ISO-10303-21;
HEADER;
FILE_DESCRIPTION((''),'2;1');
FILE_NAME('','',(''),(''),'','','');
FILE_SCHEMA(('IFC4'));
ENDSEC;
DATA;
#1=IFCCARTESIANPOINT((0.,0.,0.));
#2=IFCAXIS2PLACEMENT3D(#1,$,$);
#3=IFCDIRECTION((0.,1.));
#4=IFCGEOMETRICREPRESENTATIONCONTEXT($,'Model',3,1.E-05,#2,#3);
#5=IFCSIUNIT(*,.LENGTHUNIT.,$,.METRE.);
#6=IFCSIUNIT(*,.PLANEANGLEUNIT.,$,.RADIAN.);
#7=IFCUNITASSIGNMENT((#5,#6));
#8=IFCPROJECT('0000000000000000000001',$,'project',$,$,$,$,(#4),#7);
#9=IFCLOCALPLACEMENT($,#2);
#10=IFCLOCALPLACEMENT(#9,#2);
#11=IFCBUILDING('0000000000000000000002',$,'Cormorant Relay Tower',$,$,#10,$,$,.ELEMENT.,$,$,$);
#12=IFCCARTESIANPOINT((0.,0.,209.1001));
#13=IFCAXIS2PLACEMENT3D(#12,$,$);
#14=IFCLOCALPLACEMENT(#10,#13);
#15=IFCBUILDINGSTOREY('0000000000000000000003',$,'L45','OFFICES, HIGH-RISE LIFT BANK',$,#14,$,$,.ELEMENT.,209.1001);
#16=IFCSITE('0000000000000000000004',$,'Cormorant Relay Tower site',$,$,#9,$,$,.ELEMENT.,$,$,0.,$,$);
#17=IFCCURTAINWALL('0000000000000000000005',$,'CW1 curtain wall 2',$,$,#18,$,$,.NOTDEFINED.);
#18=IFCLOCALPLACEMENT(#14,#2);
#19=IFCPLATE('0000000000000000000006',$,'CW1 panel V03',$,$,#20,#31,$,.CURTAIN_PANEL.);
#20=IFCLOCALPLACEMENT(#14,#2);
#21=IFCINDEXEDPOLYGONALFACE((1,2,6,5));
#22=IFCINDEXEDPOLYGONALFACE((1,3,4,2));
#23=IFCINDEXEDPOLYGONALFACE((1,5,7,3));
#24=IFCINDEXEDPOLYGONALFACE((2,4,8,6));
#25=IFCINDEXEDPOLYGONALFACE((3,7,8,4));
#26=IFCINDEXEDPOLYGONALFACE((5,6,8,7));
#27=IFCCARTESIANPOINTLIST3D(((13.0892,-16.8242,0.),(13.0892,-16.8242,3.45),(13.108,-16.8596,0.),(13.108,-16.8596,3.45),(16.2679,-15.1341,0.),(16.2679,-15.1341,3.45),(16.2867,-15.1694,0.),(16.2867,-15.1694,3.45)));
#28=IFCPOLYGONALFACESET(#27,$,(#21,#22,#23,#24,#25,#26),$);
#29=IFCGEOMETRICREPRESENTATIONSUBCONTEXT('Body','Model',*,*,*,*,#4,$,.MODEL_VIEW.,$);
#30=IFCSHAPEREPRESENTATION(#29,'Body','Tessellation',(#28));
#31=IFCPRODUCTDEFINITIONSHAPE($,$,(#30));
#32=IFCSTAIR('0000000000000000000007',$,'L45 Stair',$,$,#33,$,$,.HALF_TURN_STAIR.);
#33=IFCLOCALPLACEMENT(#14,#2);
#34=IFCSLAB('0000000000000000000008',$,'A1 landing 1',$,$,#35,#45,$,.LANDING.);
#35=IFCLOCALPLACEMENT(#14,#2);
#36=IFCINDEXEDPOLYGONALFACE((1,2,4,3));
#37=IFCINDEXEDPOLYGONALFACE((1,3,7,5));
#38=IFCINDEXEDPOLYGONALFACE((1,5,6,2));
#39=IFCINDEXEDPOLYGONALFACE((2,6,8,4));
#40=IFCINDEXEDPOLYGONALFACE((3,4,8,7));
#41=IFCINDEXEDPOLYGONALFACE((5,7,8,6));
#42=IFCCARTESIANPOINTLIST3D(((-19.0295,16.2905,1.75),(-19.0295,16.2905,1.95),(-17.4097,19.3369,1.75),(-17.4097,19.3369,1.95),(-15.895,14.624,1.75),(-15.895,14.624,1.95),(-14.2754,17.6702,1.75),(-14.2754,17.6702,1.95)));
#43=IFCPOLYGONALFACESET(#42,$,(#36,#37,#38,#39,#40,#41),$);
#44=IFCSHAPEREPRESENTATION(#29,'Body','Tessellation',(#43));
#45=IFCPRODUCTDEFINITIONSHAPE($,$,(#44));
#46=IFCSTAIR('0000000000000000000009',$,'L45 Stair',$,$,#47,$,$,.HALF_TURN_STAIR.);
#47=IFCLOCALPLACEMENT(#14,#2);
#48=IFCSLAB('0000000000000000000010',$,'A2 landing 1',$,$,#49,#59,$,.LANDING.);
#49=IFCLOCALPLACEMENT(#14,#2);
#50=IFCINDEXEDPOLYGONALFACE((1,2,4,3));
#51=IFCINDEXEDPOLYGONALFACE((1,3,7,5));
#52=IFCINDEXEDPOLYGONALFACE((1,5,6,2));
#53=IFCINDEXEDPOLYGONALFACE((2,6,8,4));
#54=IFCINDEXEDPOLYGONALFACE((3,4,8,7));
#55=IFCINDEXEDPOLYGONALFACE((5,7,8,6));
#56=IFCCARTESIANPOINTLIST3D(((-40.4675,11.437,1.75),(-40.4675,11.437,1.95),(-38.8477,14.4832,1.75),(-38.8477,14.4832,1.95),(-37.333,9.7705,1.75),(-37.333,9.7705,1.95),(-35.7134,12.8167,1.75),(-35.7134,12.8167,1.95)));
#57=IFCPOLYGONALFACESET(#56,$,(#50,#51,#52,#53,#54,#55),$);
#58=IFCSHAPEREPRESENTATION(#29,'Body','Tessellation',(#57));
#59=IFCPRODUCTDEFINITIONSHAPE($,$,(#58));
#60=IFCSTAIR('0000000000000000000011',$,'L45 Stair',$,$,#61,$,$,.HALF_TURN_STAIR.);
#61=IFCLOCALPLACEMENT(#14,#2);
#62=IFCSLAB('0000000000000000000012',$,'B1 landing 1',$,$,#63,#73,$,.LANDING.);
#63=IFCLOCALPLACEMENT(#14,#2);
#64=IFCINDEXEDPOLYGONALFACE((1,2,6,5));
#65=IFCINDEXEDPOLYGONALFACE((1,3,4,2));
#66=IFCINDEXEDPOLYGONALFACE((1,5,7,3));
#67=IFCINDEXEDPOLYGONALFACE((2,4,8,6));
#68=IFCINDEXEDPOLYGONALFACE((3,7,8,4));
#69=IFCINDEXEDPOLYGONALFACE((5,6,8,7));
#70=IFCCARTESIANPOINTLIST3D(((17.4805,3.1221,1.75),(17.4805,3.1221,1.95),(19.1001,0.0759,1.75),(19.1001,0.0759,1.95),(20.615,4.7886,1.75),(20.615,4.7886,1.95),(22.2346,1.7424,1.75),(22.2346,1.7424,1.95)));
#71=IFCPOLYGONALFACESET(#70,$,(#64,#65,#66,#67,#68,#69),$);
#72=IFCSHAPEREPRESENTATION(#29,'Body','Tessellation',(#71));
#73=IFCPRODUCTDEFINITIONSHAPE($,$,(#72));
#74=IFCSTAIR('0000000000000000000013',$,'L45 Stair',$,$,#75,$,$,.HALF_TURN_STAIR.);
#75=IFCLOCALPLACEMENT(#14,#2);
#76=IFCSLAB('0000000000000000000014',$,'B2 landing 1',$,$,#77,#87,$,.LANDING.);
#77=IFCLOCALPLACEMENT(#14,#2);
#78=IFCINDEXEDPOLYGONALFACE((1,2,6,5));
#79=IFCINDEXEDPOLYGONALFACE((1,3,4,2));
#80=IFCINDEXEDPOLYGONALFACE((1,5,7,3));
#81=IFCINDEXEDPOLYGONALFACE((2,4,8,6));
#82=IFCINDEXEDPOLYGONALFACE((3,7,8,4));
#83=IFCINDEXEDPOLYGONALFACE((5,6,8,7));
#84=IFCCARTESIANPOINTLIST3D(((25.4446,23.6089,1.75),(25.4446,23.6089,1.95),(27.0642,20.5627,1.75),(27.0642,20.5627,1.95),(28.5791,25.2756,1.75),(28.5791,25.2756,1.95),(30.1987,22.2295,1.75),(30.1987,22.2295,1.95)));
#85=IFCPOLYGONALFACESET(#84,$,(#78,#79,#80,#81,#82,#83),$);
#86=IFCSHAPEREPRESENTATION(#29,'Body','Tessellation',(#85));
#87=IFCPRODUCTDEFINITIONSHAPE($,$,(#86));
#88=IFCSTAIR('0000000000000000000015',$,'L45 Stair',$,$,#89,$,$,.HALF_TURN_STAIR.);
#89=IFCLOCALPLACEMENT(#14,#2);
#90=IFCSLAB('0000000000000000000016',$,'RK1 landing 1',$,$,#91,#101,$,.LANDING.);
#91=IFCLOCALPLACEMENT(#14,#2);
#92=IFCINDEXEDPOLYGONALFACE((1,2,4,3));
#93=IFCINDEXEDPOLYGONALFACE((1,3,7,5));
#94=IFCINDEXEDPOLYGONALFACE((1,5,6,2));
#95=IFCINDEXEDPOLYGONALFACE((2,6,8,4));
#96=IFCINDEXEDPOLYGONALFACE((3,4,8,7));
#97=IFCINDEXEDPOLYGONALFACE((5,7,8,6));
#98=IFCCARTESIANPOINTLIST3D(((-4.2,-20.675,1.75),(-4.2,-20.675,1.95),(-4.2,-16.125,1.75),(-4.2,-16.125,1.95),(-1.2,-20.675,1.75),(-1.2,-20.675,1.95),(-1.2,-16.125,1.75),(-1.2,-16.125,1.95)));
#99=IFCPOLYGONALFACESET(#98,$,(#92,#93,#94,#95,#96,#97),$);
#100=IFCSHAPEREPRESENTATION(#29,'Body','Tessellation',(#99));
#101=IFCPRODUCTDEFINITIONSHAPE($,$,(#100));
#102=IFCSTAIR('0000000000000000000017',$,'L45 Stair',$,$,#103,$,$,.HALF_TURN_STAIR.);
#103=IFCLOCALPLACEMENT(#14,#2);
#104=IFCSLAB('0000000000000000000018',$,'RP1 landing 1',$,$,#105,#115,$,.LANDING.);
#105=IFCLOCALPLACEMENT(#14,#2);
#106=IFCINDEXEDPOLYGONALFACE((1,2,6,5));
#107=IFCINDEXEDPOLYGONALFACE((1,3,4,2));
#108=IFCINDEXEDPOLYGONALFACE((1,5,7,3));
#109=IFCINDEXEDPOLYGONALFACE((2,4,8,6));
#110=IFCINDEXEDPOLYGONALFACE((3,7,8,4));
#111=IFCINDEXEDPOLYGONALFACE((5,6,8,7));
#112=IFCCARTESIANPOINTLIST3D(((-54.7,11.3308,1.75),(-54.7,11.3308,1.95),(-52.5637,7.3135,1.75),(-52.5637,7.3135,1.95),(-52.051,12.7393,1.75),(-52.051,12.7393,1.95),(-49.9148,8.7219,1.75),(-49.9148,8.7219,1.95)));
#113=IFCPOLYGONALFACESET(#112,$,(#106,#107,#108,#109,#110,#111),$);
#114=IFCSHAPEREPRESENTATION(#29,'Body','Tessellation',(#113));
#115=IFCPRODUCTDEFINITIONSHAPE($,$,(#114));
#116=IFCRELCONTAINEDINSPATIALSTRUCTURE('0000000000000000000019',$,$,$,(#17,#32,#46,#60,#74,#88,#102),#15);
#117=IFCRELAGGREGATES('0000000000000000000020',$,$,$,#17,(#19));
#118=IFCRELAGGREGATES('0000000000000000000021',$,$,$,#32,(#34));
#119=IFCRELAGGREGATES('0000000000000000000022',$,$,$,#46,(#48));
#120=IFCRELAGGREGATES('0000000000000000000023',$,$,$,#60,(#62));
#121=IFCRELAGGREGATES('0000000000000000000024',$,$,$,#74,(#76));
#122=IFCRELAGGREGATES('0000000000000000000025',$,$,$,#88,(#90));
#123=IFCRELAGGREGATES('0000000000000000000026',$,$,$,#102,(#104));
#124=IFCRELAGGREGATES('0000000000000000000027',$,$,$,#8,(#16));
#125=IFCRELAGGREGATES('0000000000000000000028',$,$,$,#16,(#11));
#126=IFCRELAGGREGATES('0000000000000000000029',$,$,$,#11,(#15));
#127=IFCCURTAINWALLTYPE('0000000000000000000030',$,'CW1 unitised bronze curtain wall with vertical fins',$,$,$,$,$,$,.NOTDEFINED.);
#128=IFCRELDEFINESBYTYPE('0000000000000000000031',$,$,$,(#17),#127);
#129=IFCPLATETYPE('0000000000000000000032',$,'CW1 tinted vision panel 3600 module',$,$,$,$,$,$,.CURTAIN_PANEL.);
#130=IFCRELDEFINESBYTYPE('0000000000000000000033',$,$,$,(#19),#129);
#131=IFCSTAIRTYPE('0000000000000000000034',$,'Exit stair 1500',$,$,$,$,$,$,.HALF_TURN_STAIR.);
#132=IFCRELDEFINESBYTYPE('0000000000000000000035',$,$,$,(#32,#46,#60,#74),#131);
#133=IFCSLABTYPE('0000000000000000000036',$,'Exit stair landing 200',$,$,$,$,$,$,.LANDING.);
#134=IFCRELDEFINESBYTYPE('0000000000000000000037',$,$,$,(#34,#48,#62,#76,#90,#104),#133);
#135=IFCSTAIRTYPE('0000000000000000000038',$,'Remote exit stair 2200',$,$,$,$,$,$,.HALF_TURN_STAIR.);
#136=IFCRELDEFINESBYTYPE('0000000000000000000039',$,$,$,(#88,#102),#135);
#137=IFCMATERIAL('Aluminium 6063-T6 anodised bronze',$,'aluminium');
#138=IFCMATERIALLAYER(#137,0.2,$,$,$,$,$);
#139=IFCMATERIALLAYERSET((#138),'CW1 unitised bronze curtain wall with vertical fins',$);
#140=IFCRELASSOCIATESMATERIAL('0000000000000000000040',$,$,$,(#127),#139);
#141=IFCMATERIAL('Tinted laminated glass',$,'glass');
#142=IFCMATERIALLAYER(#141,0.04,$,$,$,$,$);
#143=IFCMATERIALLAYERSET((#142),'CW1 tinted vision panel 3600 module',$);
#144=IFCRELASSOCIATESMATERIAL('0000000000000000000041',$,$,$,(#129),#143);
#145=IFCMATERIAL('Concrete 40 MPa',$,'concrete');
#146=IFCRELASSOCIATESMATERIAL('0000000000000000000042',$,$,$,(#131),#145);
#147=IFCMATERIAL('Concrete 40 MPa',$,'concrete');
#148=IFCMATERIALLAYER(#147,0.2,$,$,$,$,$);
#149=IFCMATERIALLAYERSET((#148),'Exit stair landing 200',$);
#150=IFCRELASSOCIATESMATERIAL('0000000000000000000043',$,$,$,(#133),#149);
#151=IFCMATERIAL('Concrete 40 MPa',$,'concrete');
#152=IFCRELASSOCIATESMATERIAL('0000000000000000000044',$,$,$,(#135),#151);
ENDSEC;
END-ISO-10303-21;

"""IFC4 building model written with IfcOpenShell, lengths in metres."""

from ifc_helpers import new_model, si_unit, direction, frame, origin, origin_2d, place, context, subcontext, project, spatial, polyline, rectangle, outline, extrude, material, layer, layer_set, type_object, element, aggregate, save


model = new_model("IFC4")

# Units and contexts
model_context = context("Model", 3, precision=1e-05, world=origin(), true_north=direction((0.0, 1.0)))
body_context = subcontext(model_context, "Body", "Model", "MODEL_VIEW")
ifc_project = project(units=[si_unit("LENGTHUNIT", "METRE"), si_unit("PLANEANGLEUNIT", "RADIAN")], contexts=[model_context])

# Site, building, storey
site_placement = place(None, origin())
site = spatial("IfcSite", under=ifc_project, at=site_placement, Name="Cormorant Relay Tower site", CompositionType="ELEMENT", RefElevation=0.0)
building_placement = place(site_placement, origin())
building = spatial("IfcBuilding", under=site, at=building_placement, Name="Cormorant Relay Tower", CompositionType="ELEMENT")
storey_placement = place(building_placement, frame((0.0, 0.0, 209.1001)))
storey = spatial("IfcBuildingStorey", under=building, at=storey_placement, Name="L45", Description="OFFICES, HIGH-RISE LIFT BANK", CompositionType="ELEMENT", Elevation=209.1001)

# Curtain wall, plate
ifc_material_1 = material(Name="Aluminium 6063-T6 anodised bronze", Category="aluminium")
ifc_layer_1 = layer(ifc_material_1, 0.2)
ifc_layer_set_1 = layer_set([ifc_layer_1], Name="CW1 unitised bronze curtain wall with vertical fins")
curtain_wall_type = type_object("IfcCurtainWallType", Name="CW1 unitised bronze curtain wall with vertical fins", PredefinedType="NOTDEFINED", material=ifc_layer_set_1)
curtain_wall_placement = place(storey_placement, origin())
curtain_wall = element("IfcCurtainWall", 1, at=curtain_wall_placement, inside=storey, type_object=curtain_wall_type, Name="CW1 curtain wall 2", PredefinedType="NOTDEFINED")
ifc_material_2 = material(Name="Tinted laminated glass", Category="glass")
ifc_layer_2 = layer(ifc_material_2, 0.04)
ifc_layer_set_2 = layer_set([ifc_layer_2], Name="CW1 tinted vision panel 3600 module")
plate_type = type_object("IfcPlateType", Name="CW1 tinted vision panel 3600 module", PredefinedType="CURTAIN_PANEL", material=ifc_layer_set_2)
plate_placement = place(storey_placement, frame((14.688, -15.9968, 0.0), z_axis=(0.0, 0.0, 1.0), x_axis=(0.882948, 0.469472, 0.0)))
plate = element("IfcPlate", 2, at=plate_placement, type_object=plate_type, Name="CW1 panel V03", PredefinedType="CURTAIN_PANEL", context=body_context, shape_type="SweptSolid", body=[
    extrude(rectangle(XDim=3.6001, YDim=0.04, at=origin_2d()), origin(), (0.0, 0.0, 1.0), 3.45),
])
aggregate(curtain_wall, [plate])

# Stairs, slabs
ifc_material_3 = material(Name="Concrete 40 MPa", Category="concrete")
stair_type_1 = type_object("IfcStairType", Name="Exit stair 1500", PredefinedType="HALF_TURN_STAIR", material=ifc_material_3)
stair_1_placement = place(storey_placement, origin())
stair_1 = element("IfcStair", 3, at=stair_1_placement, inside=storey, type_object=stair_type_1, Name="L45 Stair", PredefinedType="HALF_TURN_STAIR")
ifc_material_4 = material(Name="Concrete 40 MPa", Category="concrete")
ifc_layer_3 = layer(ifc_material_4, 0.2)
ifc_layer_set_3 = layer_set([ifc_layer_3], Name="Exit stair landing 200")
slab_type_1 = type_object("IfcSlabType", Name="Exit stair landing 200", PredefinedType="LANDING", material=ifc_layer_set_3)
slab_1_placement = place(storey_placement, frame((0.0, 0.0, 1.75)))
slab_1 = element("IfcSlab", 4, at=slab_1_placement, type_object=slab_type_1, Name="A1 landing 1", PredefinedType="LANDING", context=body_context, shape_type="SweptSolid", body=[
    extrude(outline(polyline([(-19.0295, 16.2905), (-15.895, 14.624), (-14.2754, 17.6702), (-17.4097, 19.3369), (-19.0295, 16.2905)])), origin(), (0.0, 0.0, 1.0), 0.2),
])
aggregate(stair_1, [slab_1])
stair_2_placement = place(storey_placement, origin())
stair_2 = element("IfcStair", 5, at=stair_2_placement, inside=storey, type_object=stair_type_1, Name="L45 Stair", PredefinedType="HALF_TURN_STAIR")
slab_2_placement = place(storey_placement, frame((0.0, 0.0, 1.75)))
slab_2 = element("IfcSlab", 6, at=slab_2_placement, type_object=slab_type_1, Name="A2 landing 1", PredefinedType="LANDING", context=body_context, shape_type="SweptSolid", body=[
    extrude(outline(polyline([(-35.7134, 12.8167), (-38.8477, 14.4832), (-40.4675, 11.437), (-37.333, 9.7705), (-35.7134, 12.8167)])), origin(), (0.0, 0.0, 1.0), 0.2),
])
aggregate(stair_2, [slab_2])
stair_3_placement = place(storey_placement, origin())
stair_3 = element("IfcStair", 7, at=stair_3_placement, inside=storey, type_object=stair_type_1, Name="L45 Stair", PredefinedType="HALF_TURN_STAIR")
slab_3_placement = place(storey_placement, frame((0.0, 0.0, 1.75)))
slab_3 = element("IfcSlab", 8, at=slab_3_placement, type_object=slab_type_1, Name="B1 landing 1", PredefinedType="LANDING", context=body_context, shape_type="SweptSolid", body=[
    extrude(outline(polyline([(20.615, 4.7886), (17.4805, 3.1221), (19.1001, 0.0759), (22.2346, 1.7424), (20.615, 4.7886)])), origin(), (0.0, 0.0, 1.0), 0.2),
])
aggregate(stair_3, [slab_3])
stair_4_placement = place(storey_placement, origin())
stair_4 = element("IfcStair", 9, at=stair_4_placement, inside=storey, type_object=stair_type_1, Name="L45 Stair", PredefinedType="HALF_TURN_STAIR")
slab_4_placement = place(storey_placement, frame((0.0, 0.0, 1.75)))
slab_4 = element("IfcSlab", 10, at=slab_4_placement, type_object=slab_type_1, Name="B2 landing 1", PredefinedType="LANDING", context=body_context, shape_type="SweptSolid", body=[
    extrude(outline(polyline([(27.0642, 20.5627), (30.1987, 22.2295), (28.5791, 25.2756), (25.4446, 23.6089), (27.0642, 20.5627)])), origin(), (0.0, 0.0, 1.0), 0.2),
])
aggregate(stair_4, [slab_4])
ifc_material_5 = material(Name="Concrete 40 MPa", Category="concrete")
stair_type_2 = type_object("IfcStairType", Name="Remote exit stair 2200", PredefinedType="HALF_TURN_STAIR", material=ifc_material_5)
stair_5_placement = place(storey_placement, origin())
stair_5 = element("IfcStair", 11, at=stair_5_placement, inside=storey, type_object=stair_type_2, Name="L45 Stair", PredefinedType="HALF_TURN_STAIR")
slab_5_placement = place(storey_placement, frame((0.0, 0.0, 1.75)))
slab_5 = element("IfcSlab", 12, at=slab_5_placement, type_object=slab_type_1, Name="RK1 landing 1", PredefinedType="LANDING", context=body_context, shape_type="SweptSolid", body=[
    extrude(outline(polyline([(-1.2, -16.125), (-4.2, -16.125), (-4.2, -20.675), (-1.2, -20.675), (-1.2, -16.125)])), origin(), (0.0, 0.0, 1.0), 0.2),
])
aggregate(stair_5, [slab_5])
stair_6_placement = place(storey_placement, origin())
stair_6 = element("IfcStair", 13, at=stair_6_placement, inside=storey, type_object=stair_type_2, Name="L45 Stair", PredefinedType="HALF_TURN_STAIR")
slab_6_placement = place(storey_placement, frame((0.0, 0.0, 1.75)))
slab_6 = element("IfcSlab", 14, at=slab_6_placement, type_object=slab_type_1, Name="RP1 landing 1", PredefinedType="LANDING", context=body_context, shape_type="SweptSolid", body=[
    extrude(outline(polyline([(-52.051, 12.7393), (-54.7, 11.3308), (-52.5637, 7.3135), (-49.9148, 8.7219), (-52.051, 12.7393)])), origin(), (0.0, 0.0, 1.0), 0.2),
])
aggregate(stair_6, [slab_6])

save(model, "model.ifc")
